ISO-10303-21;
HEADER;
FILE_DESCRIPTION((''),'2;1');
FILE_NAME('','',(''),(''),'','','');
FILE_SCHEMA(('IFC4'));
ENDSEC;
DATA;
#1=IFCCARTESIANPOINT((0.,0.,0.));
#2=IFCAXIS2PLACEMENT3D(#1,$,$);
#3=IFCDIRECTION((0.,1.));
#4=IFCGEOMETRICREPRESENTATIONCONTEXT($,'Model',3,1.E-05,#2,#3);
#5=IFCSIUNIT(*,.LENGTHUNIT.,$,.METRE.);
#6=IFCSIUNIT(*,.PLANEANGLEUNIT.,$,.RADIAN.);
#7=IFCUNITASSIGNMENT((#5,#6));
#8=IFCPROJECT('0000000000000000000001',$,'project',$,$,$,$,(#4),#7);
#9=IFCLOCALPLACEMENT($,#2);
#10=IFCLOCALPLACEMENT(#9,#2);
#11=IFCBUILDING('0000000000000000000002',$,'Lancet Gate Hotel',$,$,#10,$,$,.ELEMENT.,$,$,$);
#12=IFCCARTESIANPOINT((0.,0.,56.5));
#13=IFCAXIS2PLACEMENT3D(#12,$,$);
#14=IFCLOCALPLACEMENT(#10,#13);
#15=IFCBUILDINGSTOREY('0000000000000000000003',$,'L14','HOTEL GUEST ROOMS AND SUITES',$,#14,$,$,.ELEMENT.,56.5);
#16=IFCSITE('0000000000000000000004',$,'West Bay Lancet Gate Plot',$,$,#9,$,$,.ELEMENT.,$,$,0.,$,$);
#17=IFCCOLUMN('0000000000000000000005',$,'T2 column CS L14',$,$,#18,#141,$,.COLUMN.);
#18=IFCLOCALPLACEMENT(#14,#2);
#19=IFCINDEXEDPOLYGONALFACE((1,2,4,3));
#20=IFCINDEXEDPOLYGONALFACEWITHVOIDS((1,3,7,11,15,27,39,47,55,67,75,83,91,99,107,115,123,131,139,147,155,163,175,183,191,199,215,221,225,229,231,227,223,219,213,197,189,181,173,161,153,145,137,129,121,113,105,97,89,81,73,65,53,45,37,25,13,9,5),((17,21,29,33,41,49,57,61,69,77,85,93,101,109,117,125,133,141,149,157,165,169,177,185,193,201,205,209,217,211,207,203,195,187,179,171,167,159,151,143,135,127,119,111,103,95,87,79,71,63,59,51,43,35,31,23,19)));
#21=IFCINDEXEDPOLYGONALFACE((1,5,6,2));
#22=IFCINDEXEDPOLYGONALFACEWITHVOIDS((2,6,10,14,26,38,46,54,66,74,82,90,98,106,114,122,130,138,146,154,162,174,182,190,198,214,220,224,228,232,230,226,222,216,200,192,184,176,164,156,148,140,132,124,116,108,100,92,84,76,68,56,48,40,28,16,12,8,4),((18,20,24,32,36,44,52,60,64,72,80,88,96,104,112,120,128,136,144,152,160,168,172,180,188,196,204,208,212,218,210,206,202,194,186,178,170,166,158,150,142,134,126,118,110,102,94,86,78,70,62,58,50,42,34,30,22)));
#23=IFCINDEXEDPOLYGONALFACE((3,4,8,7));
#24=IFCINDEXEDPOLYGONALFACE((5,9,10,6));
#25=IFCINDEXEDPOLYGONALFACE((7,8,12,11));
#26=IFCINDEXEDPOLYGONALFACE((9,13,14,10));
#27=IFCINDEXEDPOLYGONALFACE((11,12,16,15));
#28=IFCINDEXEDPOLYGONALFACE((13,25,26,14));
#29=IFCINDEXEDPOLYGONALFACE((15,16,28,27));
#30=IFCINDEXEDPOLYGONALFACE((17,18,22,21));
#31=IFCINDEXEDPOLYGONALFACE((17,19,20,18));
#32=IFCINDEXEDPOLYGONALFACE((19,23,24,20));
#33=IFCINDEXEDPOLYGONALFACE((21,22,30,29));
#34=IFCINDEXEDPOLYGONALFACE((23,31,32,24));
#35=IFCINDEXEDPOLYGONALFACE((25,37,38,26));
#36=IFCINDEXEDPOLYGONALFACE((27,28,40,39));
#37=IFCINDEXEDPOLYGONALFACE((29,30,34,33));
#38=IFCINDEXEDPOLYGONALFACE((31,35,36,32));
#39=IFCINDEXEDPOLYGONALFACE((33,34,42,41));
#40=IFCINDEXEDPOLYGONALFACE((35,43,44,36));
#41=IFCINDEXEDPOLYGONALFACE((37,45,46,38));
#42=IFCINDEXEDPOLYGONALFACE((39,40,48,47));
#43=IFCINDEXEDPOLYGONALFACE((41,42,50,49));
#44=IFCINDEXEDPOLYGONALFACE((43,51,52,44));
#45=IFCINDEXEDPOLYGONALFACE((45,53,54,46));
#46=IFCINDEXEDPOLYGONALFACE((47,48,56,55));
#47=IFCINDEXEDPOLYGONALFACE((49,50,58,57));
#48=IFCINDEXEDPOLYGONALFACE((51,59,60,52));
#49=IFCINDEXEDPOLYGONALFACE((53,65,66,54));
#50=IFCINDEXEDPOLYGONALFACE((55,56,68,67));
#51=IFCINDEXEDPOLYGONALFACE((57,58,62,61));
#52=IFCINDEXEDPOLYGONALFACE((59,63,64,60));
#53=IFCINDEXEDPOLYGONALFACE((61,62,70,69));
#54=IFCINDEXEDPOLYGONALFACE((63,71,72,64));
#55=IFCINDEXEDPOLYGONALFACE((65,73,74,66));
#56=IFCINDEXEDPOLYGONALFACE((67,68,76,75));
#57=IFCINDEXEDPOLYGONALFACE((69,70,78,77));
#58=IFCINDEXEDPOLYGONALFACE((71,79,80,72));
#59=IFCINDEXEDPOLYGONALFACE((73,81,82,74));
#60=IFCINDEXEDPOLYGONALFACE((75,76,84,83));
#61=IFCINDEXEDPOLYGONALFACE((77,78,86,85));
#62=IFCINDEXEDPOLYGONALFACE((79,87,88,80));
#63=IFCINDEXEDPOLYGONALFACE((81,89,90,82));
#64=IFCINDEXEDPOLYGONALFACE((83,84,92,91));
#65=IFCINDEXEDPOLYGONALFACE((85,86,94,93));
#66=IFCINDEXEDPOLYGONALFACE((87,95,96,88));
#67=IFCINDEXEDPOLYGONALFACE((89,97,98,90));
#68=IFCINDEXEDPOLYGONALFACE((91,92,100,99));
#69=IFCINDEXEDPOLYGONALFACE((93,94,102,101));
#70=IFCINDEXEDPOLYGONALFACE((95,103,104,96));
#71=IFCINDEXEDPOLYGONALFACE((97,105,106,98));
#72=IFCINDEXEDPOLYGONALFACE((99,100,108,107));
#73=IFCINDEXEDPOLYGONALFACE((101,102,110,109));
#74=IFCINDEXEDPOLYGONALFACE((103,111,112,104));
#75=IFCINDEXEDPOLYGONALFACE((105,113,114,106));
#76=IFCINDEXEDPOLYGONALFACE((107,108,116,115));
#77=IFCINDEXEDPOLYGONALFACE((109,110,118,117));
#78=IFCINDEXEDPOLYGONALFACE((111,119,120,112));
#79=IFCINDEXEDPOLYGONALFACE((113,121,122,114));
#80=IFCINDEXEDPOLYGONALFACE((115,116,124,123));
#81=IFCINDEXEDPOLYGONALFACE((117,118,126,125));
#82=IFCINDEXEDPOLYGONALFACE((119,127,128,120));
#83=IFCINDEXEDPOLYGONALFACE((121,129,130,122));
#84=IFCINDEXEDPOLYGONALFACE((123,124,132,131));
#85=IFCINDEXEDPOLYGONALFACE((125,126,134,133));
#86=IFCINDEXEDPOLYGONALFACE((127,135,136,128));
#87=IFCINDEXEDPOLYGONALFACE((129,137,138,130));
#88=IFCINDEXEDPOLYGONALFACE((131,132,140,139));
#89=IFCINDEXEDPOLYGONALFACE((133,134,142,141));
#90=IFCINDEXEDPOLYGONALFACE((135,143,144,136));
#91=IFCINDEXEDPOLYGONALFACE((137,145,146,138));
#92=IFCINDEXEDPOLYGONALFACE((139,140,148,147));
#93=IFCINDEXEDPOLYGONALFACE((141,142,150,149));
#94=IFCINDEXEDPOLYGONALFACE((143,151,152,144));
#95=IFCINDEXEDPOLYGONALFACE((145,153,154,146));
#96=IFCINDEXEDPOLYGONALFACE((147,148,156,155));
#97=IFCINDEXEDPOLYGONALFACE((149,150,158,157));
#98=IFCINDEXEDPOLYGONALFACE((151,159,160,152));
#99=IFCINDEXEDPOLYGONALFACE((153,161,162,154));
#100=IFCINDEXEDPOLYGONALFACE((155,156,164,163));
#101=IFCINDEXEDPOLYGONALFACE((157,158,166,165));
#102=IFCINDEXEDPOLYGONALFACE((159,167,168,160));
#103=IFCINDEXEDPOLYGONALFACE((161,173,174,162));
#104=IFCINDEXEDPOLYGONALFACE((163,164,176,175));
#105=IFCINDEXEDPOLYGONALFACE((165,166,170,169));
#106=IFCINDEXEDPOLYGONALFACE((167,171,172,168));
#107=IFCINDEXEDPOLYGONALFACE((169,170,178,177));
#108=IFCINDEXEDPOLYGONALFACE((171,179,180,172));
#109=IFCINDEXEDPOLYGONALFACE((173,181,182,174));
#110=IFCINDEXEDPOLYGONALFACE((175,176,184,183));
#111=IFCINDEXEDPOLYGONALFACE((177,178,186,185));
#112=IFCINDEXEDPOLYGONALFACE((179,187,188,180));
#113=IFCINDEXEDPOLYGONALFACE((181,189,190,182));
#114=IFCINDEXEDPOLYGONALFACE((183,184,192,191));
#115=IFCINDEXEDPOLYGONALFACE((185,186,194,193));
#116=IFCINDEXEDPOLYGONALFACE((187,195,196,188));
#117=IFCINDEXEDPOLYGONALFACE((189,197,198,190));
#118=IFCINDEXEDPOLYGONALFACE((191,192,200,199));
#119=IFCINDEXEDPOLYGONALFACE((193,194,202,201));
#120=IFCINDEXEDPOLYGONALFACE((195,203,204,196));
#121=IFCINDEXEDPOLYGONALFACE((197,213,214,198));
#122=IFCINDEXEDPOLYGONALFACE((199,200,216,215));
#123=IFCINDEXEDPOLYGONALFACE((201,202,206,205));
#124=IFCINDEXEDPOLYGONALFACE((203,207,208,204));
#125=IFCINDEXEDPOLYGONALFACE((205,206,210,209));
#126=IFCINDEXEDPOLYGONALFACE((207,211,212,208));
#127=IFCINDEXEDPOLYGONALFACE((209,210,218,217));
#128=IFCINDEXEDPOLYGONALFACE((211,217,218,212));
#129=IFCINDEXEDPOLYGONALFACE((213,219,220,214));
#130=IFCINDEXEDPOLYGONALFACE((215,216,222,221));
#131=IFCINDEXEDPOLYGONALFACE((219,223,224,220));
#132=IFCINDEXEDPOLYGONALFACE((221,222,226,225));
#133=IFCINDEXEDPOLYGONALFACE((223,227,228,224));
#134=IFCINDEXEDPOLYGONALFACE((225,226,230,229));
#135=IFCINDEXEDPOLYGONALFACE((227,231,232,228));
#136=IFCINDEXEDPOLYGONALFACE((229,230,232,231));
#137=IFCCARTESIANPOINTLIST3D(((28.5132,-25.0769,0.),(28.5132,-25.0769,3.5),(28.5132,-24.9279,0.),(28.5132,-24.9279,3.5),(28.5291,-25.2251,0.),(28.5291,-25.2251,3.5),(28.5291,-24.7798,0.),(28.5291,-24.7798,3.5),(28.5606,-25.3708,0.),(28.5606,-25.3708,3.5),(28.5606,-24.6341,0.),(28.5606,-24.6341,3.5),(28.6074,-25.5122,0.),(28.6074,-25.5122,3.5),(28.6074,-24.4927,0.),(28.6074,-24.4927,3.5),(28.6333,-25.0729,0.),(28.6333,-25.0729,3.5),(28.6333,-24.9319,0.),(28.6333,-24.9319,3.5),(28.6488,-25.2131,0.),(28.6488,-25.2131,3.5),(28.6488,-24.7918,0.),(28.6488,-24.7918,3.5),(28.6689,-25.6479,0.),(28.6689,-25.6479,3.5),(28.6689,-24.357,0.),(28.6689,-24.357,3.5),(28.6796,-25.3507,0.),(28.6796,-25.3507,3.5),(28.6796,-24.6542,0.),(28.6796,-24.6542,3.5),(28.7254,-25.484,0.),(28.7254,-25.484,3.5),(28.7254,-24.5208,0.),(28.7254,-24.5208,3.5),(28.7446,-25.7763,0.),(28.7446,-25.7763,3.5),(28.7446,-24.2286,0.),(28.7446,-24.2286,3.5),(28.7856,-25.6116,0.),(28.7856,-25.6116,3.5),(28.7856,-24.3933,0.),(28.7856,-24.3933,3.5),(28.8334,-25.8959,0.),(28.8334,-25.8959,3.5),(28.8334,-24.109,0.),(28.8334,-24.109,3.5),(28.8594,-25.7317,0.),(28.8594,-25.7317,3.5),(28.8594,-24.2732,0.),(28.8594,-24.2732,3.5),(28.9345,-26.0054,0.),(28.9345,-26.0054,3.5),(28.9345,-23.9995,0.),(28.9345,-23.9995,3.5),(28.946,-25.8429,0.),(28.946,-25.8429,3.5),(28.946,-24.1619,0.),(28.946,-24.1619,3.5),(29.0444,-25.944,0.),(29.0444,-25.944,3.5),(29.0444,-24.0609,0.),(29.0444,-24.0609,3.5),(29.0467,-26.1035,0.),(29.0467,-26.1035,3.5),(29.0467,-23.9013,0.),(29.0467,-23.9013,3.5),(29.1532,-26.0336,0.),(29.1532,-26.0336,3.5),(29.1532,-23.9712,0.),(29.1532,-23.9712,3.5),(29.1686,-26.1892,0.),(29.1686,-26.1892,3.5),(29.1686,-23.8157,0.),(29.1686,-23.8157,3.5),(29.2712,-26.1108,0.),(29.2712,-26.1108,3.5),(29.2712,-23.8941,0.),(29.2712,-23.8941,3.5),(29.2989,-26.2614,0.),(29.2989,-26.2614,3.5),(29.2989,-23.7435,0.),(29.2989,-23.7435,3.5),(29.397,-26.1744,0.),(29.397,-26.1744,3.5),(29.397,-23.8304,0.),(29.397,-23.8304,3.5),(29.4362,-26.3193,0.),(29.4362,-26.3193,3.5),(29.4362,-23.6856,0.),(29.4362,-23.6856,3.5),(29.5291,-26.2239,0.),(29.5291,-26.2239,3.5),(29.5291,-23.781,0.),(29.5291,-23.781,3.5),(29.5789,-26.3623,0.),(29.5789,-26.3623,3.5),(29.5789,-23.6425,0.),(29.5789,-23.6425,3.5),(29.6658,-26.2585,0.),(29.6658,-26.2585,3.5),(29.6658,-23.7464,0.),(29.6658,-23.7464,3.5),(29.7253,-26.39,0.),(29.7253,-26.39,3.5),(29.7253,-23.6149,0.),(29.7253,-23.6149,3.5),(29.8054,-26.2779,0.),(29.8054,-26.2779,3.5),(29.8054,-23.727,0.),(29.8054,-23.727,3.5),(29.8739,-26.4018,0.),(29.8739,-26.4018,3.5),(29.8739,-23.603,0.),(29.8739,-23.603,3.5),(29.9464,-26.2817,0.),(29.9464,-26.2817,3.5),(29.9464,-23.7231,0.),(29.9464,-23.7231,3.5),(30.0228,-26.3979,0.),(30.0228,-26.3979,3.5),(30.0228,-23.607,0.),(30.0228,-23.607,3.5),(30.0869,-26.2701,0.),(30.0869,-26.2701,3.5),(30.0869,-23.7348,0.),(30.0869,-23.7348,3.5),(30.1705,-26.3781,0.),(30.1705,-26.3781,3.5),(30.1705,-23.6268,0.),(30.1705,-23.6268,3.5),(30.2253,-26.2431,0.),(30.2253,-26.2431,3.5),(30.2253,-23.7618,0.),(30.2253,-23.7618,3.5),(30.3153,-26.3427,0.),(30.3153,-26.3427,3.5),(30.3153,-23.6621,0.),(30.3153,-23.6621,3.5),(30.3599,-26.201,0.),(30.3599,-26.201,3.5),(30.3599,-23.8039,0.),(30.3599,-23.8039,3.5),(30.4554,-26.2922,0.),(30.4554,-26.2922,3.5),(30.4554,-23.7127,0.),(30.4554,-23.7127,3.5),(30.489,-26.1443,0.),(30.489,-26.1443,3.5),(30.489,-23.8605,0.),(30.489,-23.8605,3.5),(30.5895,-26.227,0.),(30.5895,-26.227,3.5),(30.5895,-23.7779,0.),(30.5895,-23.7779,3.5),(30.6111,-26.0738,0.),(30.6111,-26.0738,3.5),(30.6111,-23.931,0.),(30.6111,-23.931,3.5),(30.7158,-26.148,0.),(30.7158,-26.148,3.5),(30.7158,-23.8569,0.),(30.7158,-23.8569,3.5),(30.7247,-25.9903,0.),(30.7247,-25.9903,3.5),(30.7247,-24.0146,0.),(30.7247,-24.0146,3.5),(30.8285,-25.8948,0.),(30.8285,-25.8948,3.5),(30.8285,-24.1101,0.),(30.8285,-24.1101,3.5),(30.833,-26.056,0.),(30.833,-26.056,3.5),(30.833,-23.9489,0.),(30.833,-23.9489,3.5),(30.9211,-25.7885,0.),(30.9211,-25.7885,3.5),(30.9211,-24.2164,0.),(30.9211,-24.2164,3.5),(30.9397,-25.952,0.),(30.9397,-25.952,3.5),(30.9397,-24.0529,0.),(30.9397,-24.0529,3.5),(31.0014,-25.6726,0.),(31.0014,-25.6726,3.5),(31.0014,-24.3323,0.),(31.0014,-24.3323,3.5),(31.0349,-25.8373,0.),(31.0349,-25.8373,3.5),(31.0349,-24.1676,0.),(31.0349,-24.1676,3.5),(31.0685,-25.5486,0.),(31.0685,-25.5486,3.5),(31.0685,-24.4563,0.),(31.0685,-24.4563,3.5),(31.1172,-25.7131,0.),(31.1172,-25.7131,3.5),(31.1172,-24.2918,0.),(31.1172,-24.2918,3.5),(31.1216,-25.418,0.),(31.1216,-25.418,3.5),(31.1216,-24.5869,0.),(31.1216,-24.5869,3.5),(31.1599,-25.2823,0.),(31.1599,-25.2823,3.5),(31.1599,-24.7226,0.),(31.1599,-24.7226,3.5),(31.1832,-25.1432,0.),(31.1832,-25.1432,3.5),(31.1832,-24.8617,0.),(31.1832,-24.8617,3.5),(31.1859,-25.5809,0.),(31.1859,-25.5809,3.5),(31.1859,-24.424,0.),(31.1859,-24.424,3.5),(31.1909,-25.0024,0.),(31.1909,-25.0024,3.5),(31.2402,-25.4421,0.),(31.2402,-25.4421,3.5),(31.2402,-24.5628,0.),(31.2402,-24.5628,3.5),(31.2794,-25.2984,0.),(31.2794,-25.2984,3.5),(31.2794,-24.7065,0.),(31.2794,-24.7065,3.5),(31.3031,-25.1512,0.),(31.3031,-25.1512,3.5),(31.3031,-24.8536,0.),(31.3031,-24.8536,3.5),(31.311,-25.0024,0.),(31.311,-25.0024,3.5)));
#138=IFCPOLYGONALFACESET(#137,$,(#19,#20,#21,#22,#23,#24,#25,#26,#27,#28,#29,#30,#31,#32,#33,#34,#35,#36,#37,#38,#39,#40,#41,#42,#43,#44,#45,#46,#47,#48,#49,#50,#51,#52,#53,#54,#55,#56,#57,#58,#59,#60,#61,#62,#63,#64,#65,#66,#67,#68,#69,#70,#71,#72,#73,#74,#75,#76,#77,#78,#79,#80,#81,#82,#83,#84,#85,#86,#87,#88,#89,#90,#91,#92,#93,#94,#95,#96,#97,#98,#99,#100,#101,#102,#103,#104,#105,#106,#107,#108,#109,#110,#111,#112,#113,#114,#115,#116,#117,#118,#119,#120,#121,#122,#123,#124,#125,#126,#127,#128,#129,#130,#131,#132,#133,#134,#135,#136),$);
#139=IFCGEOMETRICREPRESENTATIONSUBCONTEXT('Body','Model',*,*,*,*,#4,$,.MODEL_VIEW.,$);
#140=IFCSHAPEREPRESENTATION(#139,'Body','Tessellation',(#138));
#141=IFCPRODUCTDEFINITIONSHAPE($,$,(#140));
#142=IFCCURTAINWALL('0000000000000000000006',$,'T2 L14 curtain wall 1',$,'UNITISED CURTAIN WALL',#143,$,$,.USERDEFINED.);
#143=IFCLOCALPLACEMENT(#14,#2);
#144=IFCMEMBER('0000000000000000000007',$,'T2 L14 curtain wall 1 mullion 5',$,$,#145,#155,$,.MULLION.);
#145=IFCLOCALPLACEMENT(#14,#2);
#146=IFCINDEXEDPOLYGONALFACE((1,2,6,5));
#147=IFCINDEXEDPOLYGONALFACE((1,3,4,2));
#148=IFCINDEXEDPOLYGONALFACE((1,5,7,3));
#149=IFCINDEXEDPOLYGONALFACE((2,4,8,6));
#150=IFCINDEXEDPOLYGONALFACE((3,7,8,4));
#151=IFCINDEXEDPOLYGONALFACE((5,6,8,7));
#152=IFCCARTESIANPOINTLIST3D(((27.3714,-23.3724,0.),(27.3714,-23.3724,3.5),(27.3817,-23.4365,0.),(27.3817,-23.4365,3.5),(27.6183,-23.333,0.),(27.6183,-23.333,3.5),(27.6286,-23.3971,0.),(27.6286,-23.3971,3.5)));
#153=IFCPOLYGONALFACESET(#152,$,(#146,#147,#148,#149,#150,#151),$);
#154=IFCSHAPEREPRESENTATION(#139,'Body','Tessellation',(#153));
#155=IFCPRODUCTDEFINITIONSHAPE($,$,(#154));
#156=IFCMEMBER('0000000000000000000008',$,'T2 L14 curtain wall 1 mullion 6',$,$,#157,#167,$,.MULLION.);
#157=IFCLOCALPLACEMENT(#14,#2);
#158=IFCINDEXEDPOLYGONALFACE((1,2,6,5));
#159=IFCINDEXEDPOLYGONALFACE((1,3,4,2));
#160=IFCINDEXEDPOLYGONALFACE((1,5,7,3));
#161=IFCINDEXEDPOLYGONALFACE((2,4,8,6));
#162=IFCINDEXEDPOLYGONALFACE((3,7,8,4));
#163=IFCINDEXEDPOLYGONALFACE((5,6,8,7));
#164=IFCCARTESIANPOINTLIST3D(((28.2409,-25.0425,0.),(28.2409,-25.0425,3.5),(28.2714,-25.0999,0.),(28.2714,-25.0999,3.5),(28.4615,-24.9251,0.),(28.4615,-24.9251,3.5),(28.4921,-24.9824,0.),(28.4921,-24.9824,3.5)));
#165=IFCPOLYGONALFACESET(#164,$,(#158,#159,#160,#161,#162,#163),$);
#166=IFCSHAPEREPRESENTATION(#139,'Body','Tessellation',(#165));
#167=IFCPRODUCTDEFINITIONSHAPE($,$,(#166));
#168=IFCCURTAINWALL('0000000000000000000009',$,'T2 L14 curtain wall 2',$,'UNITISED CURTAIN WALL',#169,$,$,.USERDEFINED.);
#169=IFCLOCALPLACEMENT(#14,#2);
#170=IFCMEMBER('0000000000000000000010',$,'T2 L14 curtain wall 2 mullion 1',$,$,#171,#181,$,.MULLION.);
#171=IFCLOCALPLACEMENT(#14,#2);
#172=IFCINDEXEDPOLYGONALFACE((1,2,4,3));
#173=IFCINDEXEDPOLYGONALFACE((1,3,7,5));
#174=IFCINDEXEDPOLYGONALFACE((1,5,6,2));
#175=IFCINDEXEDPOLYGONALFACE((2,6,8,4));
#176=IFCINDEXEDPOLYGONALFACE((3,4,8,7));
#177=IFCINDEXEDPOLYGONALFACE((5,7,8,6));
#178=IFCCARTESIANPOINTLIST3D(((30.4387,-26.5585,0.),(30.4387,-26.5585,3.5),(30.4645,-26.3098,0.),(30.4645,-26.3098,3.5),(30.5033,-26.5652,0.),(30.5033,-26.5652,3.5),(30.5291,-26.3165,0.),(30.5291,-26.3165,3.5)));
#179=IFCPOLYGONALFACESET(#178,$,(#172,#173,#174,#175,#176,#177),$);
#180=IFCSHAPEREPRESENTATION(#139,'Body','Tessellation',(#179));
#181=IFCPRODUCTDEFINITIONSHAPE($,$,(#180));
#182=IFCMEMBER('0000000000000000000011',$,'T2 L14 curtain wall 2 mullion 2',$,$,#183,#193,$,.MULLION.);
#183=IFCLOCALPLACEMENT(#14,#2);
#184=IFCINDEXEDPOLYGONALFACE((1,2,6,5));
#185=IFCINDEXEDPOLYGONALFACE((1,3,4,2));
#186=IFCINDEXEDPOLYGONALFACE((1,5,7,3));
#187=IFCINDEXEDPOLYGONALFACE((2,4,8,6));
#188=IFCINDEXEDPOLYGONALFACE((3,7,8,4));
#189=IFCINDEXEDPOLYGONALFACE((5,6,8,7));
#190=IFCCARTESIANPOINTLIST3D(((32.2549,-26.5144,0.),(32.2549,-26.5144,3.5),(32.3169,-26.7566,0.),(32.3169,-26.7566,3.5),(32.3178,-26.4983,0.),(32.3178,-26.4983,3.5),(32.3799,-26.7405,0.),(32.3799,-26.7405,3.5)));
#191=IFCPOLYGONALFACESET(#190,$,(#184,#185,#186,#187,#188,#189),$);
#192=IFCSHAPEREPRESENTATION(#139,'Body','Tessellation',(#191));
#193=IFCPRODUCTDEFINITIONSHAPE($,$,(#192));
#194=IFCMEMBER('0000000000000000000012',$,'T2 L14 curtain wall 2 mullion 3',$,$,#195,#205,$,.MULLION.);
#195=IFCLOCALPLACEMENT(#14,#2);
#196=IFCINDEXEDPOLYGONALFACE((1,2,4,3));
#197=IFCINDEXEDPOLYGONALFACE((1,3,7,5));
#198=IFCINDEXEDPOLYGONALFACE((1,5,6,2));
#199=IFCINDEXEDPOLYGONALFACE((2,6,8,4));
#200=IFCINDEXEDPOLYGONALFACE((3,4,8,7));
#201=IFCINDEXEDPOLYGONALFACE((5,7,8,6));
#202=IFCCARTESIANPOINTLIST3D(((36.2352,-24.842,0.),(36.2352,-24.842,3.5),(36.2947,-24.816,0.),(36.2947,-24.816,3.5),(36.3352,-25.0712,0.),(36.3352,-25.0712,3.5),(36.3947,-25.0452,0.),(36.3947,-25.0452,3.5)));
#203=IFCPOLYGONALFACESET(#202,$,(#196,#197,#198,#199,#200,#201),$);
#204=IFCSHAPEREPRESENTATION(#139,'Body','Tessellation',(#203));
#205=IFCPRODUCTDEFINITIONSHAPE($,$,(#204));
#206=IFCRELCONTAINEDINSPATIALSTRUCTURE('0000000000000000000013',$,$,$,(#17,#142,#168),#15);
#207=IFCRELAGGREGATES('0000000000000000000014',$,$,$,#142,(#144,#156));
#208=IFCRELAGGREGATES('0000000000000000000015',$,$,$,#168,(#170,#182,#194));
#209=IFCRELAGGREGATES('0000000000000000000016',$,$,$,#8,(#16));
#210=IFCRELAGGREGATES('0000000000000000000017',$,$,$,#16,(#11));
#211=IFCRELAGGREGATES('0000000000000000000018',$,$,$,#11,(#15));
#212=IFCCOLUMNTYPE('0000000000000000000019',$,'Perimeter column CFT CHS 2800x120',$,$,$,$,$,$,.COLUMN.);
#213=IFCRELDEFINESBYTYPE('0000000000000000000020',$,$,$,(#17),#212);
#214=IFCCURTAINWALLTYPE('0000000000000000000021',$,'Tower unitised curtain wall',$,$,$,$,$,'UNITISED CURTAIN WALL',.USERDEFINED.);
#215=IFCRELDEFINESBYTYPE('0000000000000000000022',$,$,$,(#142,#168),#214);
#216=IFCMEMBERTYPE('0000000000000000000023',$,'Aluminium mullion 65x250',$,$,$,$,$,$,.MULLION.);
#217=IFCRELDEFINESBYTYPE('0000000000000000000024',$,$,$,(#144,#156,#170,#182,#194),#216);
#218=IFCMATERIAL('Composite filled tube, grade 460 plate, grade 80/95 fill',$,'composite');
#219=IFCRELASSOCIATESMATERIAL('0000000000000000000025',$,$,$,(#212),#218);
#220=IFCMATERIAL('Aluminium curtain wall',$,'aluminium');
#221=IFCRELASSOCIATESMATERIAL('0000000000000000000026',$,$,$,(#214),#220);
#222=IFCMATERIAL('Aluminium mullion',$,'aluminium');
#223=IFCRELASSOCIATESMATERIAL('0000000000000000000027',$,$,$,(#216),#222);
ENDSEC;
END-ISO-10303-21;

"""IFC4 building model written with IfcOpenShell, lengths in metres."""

from ifc_helpers import new_model, si_unit, direction, frame, origin, origin_2d, place, context, subcontext, project, spatial, rectangle, hollow_circle, extrude, material, material_profile, profile_set, type_object, element, aggregate, save


model = new_model("IFC4")

# Units and contexts
model_context = context("Model", 3, precision=1e-05, world=origin(), true_north=direction((0.0, 1.0)))
body_context = subcontext(model_context, "Body", "Model", "MODEL_VIEW")
ifc_project = project(units=[si_unit("LENGTHUNIT", "METRE"), si_unit("PLANEANGLEUNIT", "RADIAN")], contexts=[model_context])

# Site, building, storey
site_placement = place(None, origin())
site = spatial("IfcSite", under=ifc_project, at=site_placement, Name="West Bay Lancet Gate Plot", CompositionType="ELEMENT", RefElevation=0.0)
building_placement = place(site_placement, origin())
building = spatial("IfcBuilding", under=site, at=building_placement, Name="Lancet Gate Hotel", CompositionType="ELEMENT")
storey_placement = place(building_placement, frame((0.0, 0.0, 56.5)))
storey = spatial("IfcBuildingStorey", under=building, at=storey_placement, Name="L14", Description="HOTEL GUEST ROOMS AND SUITES", CompositionType="ELEMENT", Elevation=56.5)

# Column
ifc_material_1 = material(Name="Composite filled tube, grade 460 plate, grade 80/95 fill", Category="composite")
ifc_material_profile_1 = material_profile(ifc_material_1, hollow_circle(Radius=1.3999, WallThickness=0.1201, at=origin_2d()), Name="CHS 2800x120")
ifc_profile_set_1 = profile_set([ifc_material_profile_1], Name="Composite filled tube, grade 460 plate, grade 80/95 fill")
column_type = type_object("IfcColumnType", Name="Perimeter column CFT CHS 2800x120", PredefinedType="COLUMN", material=ifc_profile_set_1)
column_placement = place(storey_placement, frame((29.9111, -25.0024, 0.0), z_axis=(0.0, 0.0, 1.0), x_axis=(1.0, 0.0, 0.0)))
element("IfcColumn", 1, at=column_placement, inside=storey, type_object=column_type, Name="T2 column CS L14", PredefinedType="COLUMN", context=body_context, shape_type="SweptSolid", body=[
    extrude(hollow_circle(Radius=1.3999, WallThickness=0.1201, at=origin_2d()), origin(), (0.0, 0.0, 1.0), 3.5),
])

# Curtain walls, members
ifc_material_2 = material(Name="Aluminium curtain wall", Category="aluminium")
curtain_wall_type = type_object("IfcCurtainWallType", Name="Tower unitised curtain wall", ElementType="UNITISED CURTAIN WALL", PredefinedType="USERDEFINED", material=ifc_material_2)
curtain_wall_1_placement = place(storey_placement, origin())
curtain_wall_1 = element("IfcCurtainWall", 2, at=curtain_wall_1_placement, inside=storey, type_object=curtain_wall_type, Name="T2 L14 curtain wall 1", ObjectType="UNITISED CURTAIN WALL", PredefinedType="USERDEFINED")
ifc_material_3 = material(Name="Aluminium mullion", Category="aluminium")
ifc_material_profile_2 = material_profile(ifc_material_3, rectangle(XDim=0.0649, YDim=0.25, at=origin_2d()), Name="MULLION 65x250")
ifc_profile_set_2 = profile_set([ifc_material_profile_2], Name="Aluminium mullion")
member_type_1 = type_object("IfcMemberType", Name="Aluminium mullion 65x250", PredefinedType="MULLION", material=ifc_profile_set_2)
member_1_placement = place(storey_placement, frame((27.5, -23.3848, 0.0), z_axis=(0.0, 0.0, 1.0), x_axis=(0.157752, -0.987479, 0.0)))
member_1 = element("IfcMember", 3, at=member_1_placement, type_object=member_type_1, Name="T2 L14 curtain wall 1 mullion 5", PredefinedType="MULLION", context=body_context, shape_type="SweptSolid", body=[
    extrude(rectangle(XDim=0.0649, YDim=0.25, at=origin_2d()), origin(), (0.0, 0.0, 1.0), 3.5),
])
member_2_placement = place(storey_placement, frame((28.3665, -25.0125, 0.0), z_axis=(0.0, 0.0, 1.0), x_axis=(0.469898, -0.882721, 0.0)))
member_2 = element("IfcMember", 4, at=member_2_placement, type_object=member_type_1, Name="T2 L14 curtain wall 1 mullion 6", PredefinedType="MULLION", context=body_context, shape_type="SweptSolid", body=[
    extrude(rectangle(XDim=0.0649, YDim=0.25, at=origin_2d()), origin(), (0.0, 0.0, 1.0), 3.5),
])
curtain_wall_2_placement = place(storey_placement, origin())
curtain_wall_2 = element("IfcCurtainWall", 5, at=curtain_wall_2_placement, inside=storey, type_object=curtain_wall_type, Name="T2 L14 curtain wall 2", ObjectType="UNITISED CURTAIN WALL", PredefinedType="USERDEFINED")
member_3_placement = place(storey_placement, frame((30.4839, -26.4375, 0.0), z_axis=(0.0, 0.0, 1.0), x_axis=(0.994672, -0.103088, 0.0)))
member_3 = element("IfcMember", 6, at=member_3_placement, type_object=member_type_1, Name="T2 L14 curtain wall 2 mullion 1", PredefinedType="MULLION", context=body_context, shape_type="SweptSolid", body=[
    extrude(rectangle(XDim=0.0649, YDim=0.25, at=origin_2d()), origin(), (0.0, 0.0, 1.0), 3.5),
])
member_4_placement = place(storey_placement, frame((32.3174, -26.6274, 0.0), z_axis=(0.0, 0.0, 1.0), x_axis=(0.968721, 0.24815, 0.0)))
member_4 = element("IfcMember", 7, at=member_4_placement, type_object=member_type_1, Name="T2 L14 curtain wall 2 mullion 2", PredefinedType="MULLION", context=body_context, shape_type="SweptSolid", body=[
    extrude(rectangle(XDim=0.0649, YDim=0.25, at=origin_2d()), origin(), (0.0, 0.0, 1.0), 3.5),
])
member_5_placement = place(storey_placement, frame((36.3149, -24.9436, 0.0), z_axis=(0.0, 0.0, 1.0), x_axis=(0.916579, 0.399854, 0.0)))
member_5 = element("IfcMember", 8, at=member_5_placement, type_object=member_type_1, Name="T2 L14 curtain wall 2 mullion 3", PredefinedType="MULLION", context=body_context, shape_type="SweptSolid", body=[
    extrude(rectangle(XDim=0.0649, YDim=0.25, at=origin_2d()), origin(), (0.0, 0.0, 1.0), 3.5),
])

aggregate(curtain_wall_1, [member_1, member_2])
aggregate(curtain_wall_2, [member_3, member_4, member_5])

save(model, "model.ifc")
